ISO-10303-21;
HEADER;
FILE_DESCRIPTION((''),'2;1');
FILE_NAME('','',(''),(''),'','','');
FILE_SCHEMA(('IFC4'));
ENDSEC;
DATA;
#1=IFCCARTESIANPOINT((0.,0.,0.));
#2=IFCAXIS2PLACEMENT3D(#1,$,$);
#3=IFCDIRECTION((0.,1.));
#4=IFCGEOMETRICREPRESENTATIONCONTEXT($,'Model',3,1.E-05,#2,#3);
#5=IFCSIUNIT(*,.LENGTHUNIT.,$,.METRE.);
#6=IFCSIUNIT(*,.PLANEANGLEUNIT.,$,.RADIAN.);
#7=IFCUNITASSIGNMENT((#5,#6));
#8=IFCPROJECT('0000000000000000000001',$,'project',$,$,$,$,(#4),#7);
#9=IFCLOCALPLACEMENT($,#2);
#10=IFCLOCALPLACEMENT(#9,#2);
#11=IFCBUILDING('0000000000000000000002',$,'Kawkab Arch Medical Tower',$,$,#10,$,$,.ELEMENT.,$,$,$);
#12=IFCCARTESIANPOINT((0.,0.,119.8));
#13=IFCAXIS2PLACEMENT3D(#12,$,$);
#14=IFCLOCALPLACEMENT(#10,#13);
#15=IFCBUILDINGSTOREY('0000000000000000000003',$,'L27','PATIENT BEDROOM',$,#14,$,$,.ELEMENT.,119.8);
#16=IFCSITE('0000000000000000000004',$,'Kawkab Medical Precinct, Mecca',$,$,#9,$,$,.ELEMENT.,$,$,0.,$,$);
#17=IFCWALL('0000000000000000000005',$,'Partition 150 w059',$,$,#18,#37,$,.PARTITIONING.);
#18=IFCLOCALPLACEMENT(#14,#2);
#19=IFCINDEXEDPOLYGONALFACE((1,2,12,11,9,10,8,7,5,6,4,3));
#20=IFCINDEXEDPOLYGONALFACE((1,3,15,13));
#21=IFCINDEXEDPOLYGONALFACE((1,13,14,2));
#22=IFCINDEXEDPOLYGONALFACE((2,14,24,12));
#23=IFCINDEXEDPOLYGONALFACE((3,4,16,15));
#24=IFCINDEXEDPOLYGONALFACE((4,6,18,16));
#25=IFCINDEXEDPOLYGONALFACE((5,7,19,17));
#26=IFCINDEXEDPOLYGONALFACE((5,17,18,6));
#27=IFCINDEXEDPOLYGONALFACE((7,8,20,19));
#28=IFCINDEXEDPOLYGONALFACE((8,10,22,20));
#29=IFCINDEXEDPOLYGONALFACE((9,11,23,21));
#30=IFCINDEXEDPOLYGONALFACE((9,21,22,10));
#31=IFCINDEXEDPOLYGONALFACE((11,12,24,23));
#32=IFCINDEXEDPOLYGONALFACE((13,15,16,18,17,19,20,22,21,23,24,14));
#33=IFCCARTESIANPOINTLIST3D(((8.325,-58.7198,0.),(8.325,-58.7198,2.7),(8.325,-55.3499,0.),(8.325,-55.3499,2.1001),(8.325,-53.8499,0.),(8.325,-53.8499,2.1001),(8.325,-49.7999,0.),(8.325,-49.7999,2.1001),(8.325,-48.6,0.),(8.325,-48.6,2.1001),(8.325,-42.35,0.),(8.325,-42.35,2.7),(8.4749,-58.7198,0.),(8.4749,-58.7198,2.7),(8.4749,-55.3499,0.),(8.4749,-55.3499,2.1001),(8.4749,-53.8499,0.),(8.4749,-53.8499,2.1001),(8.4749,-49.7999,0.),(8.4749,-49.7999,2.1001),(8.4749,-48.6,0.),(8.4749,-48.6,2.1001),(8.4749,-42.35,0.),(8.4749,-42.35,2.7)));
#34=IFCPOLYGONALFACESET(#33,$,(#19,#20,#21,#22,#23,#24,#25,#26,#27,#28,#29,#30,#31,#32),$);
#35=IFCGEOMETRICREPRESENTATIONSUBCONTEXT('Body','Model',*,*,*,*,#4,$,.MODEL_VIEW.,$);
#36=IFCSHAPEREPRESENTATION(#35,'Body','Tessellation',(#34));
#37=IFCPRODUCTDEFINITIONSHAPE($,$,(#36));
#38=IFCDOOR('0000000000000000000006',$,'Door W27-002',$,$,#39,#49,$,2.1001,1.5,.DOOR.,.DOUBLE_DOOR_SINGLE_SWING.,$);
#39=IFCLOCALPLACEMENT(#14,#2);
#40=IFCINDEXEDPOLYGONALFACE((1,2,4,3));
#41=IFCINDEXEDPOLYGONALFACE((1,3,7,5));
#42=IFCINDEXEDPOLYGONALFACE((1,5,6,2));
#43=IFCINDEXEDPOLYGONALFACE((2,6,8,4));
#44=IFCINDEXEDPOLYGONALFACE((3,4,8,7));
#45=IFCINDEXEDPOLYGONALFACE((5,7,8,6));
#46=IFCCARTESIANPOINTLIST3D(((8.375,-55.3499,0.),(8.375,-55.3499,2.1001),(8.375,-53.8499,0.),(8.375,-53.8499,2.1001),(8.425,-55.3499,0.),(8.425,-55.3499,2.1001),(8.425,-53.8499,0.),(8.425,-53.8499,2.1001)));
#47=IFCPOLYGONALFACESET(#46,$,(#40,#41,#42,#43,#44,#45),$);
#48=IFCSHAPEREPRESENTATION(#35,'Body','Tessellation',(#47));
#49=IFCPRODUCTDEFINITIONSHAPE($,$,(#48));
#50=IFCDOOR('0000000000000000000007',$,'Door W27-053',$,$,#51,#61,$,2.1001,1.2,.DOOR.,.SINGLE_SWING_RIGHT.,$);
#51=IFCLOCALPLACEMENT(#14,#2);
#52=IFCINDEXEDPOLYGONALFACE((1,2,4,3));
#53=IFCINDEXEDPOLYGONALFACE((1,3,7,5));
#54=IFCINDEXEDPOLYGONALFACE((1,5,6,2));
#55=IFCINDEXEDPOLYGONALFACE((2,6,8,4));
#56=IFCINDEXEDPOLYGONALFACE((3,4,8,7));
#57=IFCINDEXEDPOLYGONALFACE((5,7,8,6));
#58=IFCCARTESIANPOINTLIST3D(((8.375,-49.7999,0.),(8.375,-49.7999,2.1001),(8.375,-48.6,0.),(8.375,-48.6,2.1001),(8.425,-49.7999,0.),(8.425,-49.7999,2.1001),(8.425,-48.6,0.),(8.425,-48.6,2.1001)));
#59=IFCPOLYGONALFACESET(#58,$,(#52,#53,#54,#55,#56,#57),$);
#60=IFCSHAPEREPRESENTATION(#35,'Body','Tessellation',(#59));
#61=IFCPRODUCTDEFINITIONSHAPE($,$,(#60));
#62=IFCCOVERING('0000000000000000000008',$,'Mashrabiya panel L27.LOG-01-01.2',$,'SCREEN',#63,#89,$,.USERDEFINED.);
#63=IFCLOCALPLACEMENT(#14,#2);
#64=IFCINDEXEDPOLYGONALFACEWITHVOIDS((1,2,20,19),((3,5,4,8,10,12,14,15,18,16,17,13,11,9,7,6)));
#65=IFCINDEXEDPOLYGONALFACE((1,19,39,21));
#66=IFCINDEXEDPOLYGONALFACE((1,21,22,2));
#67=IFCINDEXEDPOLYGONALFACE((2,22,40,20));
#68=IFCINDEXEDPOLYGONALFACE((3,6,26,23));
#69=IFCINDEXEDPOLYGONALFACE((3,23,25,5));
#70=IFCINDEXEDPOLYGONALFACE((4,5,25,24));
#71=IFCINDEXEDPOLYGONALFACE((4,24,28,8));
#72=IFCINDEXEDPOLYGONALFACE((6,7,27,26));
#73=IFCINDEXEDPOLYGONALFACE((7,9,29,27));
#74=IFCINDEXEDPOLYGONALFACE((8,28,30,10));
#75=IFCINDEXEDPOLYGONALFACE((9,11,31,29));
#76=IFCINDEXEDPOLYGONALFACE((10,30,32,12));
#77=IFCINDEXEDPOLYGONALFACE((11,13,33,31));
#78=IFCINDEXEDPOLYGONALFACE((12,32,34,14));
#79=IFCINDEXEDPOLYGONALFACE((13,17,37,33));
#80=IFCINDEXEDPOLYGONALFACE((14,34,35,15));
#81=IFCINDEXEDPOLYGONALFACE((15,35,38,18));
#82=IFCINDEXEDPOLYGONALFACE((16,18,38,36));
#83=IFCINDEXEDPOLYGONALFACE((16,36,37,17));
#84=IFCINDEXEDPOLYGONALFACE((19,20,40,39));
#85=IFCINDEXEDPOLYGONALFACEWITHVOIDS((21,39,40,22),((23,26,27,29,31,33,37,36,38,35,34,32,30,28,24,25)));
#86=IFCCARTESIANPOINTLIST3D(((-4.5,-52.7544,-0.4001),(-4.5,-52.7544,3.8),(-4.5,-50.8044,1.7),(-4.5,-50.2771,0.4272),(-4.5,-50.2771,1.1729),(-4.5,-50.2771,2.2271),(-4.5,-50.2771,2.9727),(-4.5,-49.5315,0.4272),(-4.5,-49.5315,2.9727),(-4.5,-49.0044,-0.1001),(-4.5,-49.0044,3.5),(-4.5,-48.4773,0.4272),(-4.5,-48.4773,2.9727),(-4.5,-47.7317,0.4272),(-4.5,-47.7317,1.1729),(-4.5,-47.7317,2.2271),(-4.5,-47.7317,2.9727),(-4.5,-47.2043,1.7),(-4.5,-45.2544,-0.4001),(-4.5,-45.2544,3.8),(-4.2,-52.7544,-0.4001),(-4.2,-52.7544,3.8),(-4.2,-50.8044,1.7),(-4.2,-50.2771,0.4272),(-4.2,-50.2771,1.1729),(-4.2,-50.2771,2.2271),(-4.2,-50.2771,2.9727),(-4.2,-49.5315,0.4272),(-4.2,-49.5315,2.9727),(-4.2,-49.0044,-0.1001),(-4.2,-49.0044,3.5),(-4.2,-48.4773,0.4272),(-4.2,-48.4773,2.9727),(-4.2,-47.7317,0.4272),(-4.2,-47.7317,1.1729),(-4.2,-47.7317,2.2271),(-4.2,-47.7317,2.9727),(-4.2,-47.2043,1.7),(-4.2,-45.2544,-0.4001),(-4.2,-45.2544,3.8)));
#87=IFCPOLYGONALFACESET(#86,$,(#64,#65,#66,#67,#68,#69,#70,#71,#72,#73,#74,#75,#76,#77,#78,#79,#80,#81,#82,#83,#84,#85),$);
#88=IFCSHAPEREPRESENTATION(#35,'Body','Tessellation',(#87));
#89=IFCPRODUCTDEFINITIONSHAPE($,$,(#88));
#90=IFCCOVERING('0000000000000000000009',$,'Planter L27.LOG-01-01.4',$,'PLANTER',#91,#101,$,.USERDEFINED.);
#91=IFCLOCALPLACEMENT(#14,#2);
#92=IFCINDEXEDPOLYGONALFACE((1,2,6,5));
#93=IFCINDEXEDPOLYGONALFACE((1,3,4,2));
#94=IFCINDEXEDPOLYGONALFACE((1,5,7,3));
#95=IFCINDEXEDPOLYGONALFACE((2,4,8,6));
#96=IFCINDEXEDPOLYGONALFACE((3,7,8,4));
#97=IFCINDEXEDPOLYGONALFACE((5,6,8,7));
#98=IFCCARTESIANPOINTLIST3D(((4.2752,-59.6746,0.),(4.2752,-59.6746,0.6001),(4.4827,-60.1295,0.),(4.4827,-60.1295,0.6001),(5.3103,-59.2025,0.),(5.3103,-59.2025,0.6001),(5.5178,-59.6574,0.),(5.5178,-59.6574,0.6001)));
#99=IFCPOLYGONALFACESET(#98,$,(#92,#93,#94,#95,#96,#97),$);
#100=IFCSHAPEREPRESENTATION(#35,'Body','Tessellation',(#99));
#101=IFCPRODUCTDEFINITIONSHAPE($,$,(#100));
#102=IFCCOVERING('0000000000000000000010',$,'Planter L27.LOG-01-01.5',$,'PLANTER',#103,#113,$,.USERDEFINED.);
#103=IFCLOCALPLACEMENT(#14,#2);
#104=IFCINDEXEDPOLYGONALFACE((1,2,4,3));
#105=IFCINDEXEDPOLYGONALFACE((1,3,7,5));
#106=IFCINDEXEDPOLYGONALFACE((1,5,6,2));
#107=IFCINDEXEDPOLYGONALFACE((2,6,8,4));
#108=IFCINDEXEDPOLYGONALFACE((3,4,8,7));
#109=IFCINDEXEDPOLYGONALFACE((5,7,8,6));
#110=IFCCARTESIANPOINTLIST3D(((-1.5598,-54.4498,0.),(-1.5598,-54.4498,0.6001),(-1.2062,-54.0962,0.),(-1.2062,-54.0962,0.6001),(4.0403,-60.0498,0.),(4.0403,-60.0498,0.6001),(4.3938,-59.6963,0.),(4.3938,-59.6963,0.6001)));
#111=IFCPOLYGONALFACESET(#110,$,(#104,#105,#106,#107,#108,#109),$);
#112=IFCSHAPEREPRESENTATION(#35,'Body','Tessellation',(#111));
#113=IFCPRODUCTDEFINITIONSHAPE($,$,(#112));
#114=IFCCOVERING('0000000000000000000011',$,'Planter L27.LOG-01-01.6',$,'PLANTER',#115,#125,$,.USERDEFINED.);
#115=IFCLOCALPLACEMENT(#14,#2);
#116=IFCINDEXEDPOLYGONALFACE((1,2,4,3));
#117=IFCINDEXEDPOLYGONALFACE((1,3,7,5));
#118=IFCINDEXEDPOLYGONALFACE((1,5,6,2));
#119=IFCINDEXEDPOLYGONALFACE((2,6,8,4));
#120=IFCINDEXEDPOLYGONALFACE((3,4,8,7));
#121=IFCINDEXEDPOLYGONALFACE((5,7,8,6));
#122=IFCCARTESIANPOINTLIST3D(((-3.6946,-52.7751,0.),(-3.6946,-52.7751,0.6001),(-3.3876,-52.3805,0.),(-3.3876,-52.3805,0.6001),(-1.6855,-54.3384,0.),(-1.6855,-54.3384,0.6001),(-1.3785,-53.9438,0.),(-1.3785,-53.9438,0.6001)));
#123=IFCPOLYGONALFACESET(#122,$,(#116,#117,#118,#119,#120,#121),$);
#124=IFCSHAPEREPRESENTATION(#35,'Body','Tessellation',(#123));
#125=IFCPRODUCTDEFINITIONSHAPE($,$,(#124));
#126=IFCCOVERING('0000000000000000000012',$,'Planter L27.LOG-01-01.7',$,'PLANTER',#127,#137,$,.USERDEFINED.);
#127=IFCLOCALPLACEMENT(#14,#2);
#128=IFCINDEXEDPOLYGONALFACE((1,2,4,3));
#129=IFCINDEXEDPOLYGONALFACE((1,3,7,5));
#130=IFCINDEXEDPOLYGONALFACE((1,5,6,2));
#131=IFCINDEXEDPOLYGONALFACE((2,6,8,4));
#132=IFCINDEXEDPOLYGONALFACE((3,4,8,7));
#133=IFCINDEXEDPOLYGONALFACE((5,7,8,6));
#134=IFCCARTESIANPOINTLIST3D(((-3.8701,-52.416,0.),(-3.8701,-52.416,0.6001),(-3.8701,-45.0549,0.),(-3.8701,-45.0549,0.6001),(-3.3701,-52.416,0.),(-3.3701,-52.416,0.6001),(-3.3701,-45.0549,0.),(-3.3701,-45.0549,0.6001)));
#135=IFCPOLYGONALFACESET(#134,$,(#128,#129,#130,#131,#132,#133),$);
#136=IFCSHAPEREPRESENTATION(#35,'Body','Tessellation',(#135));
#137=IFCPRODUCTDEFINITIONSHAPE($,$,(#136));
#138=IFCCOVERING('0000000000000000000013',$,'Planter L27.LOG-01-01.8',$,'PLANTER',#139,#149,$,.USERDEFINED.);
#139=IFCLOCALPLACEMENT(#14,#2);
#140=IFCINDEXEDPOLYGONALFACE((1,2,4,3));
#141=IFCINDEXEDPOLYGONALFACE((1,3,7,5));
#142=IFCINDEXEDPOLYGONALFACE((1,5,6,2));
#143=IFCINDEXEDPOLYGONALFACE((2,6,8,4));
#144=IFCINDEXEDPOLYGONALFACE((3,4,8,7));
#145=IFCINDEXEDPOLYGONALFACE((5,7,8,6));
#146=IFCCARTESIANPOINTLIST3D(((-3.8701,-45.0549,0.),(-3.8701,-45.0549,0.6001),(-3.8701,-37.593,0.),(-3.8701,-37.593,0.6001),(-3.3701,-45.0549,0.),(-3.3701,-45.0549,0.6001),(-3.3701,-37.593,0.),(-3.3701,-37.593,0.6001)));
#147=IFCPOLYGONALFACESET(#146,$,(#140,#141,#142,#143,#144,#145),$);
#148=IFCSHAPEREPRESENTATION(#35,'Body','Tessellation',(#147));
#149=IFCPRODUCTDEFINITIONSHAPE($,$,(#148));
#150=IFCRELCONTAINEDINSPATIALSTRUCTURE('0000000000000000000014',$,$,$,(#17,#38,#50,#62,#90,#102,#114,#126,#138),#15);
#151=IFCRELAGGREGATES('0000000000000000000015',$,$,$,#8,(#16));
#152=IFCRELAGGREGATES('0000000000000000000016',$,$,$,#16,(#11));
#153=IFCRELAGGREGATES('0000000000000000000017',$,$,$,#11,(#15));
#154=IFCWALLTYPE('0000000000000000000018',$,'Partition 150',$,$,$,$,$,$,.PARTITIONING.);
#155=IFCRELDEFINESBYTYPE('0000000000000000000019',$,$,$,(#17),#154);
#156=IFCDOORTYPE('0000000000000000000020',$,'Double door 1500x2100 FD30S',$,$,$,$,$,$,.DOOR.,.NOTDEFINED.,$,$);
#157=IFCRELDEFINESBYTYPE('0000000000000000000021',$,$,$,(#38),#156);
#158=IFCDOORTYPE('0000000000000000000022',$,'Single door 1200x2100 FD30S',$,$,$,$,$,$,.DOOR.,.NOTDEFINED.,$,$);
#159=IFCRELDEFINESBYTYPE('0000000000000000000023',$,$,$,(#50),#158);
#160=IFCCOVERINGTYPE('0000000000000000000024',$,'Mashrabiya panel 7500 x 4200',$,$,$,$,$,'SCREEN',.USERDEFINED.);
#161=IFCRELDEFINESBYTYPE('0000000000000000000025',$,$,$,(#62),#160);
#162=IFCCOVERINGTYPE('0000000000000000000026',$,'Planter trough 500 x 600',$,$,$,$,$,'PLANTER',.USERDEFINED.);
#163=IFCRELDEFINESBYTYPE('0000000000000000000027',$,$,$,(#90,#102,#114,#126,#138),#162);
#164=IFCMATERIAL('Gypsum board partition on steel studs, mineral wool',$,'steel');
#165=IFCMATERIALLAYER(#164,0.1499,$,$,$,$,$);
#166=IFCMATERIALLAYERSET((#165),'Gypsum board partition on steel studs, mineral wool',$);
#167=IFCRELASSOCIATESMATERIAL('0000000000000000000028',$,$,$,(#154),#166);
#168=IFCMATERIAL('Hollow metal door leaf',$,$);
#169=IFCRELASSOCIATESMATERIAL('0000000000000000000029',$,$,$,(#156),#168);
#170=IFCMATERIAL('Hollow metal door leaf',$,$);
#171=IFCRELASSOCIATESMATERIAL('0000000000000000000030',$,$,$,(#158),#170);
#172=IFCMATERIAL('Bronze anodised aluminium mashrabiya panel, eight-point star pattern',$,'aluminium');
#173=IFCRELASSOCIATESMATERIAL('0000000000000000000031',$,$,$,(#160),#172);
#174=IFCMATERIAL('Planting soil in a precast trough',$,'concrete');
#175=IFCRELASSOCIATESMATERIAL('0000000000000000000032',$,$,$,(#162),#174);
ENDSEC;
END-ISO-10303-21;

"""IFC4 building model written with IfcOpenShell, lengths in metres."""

from ifc_helpers import new_model, si_unit, direction, frame, frame_2d, origin, origin_2d, place, context, subcontext, project, spatial, polyline, rectangle, outline, extrude, material, layer, layer_set, material_profile, profile_set, type_object, element, fill, save


model = new_model("IFC4")

# Units and contexts
model_context = context("Model", 3, precision=1e-05, world=origin(), true_north=direction((0.0, 1.0)))
body_context = subcontext(model_context, "Body", "Model", "MODEL_VIEW")
ifc_project = project(units=[si_unit("LENGTHUNIT", "METRE"), si_unit("PLANEANGLEUNIT", "RADIAN")], contexts=[model_context])

# Site, building, storey
site_placement = place(None, origin())
site = spatial("IfcSite", under=ifc_project, at=site_placement, Name="Kawkab Medical Precinct, Mecca", CompositionType="ELEMENT", RefElevation=0.0)
building_placement = place(site_placement, origin())
building = spatial("IfcBuilding", under=site, at=building_placement, Name="Kawkab Arch Medical Tower", CompositionType="ELEMENT")
storey_placement = place(building_placement, frame((0.0, 0.0, 119.8)))
storey = spatial("IfcBuildingStorey", under=building, at=storey_placement, Name="L27", Description="PATIENT BEDROOM", CompositionType="ELEMENT", Elevation=119.8)

# Shared definitions
ifc_material_1 = material(Name="Gypsum board partition on steel studs, mineral wool", Category="steel")
ifc_layer_1 = layer(ifc_material_1, 0.1499)
ifc_layer_set_1 = layer_set([ifc_layer_1], Name="Gypsum board partition on steel studs, mineral wool")
wall_type_1 = type_object("IfcWallType", Name="Partition 150", PredefinedType="PARTITIONING", material=ifc_layer_set_1)

# Wall, openings, doors
wall_1_placement = place(storey_placement, frame((8.3999, -58.72, 0.0), z_axis=(0.0, 0.0, 1.0), x_axis=(0.0, 1.0, 0.0)))
wall_1 = element("IfcWall", 1, at=wall_1_placement, inside=storey, type_object=wall_type_1, Name="Partition 150 w059", PredefinedType="PARTITIONING", context=body_context, shape_type="SweptSolid", body=[
    extrude(rectangle(XDim=16.3699, YDim=0.1499, at=frame_2d((8.1851, 0.0))), origin(), (0.0, 0.0, 1.0), 2.7),
])
opening_1_placement = place(wall_1_placement, frame((8.9199, 0.0, 0.0)))
opening_1 = element("IfcOpeningElement", 2, at=opening_1_placement, cuts=wall_1, PredefinedType="OPENING", context=body_context, shape_type="SweptSolid", body=[
    extrude(rectangle(XDim=1.2, YDim=2.1001, at=frame_2d((0.6001, 1.05))), frame((0.0, 0.085, 0.0), z_axis=(0.0, -1.0, 0.0), x_axis=(1.0, 0.0, 0.0)), (0.0, 0.0, 1.0), 0.1699),
])
opening_2_placement = place(wall_1_placement, frame((3.3701, 0.0, 0.0)))
opening_2 = element("IfcOpeningElement", 3, at=opening_2_placement, cuts=wall_1, PredefinedType="OPENING", context=body_context, shape_type="SweptSolid", body=[
    extrude(rectangle(XDim=1.5, YDim=2.1001, at=frame_2d((0.75, 1.05))), frame((0.0, 0.085, 0.0), z_axis=(0.0, -1.0, 0.0), x_axis=(1.0, 0.0, 0.0)), (0.0, 0.0, 1.0), 0.1699),
])
ifc_material_2 = material(Name="Hollow metal door leaf")
door_type_1 = type_object("IfcDoorType", Name="Double door 1500x2100 FD30S", OperationType="NOTDEFINED", PredefinedType="DOOR", material=ifc_material_2)
door_1_placement = place(opening_2_placement, origin())
door_1 = element("IfcDoor", 4, at=door_1_placement, inside=storey, type_object=door_type_1, Name="Door W27-002", OperationType="DOUBLE_DOOR_SINGLE_SWING", OverallHeight=2.1001, OverallWidth=1.5, PredefinedType="DOOR", context=body_context, shape_type="SweptSolid", body=[
    extrude(rectangle(XDim=1.5, YDim=2.1001, at=frame_2d((0.75, 1.05))), frame((0.0, 0.0249, 0.0), z_axis=(0.0, -1.0, 0.0), x_axis=(1.0, 0.0, 0.0)), (0.0, 0.0, 1.0), 0.05),
])
fill(opening_2, door_1)
ifc_material_3 = material(Name="Hollow metal door leaf")
door_type_2 = type_object("IfcDoorType", Name="Single door 1200x2100 FD30S", OperationType="NOTDEFINED", PredefinedType="DOOR", material=ifc_material_3)
door_2_placement = place(opening_1_placement, origin())
door_2 = element("IfcDoor", 5, at=door_2_placement, inside=storey, type_object=door_type_2, Name="Door W27-053", OperationType="SINGLE_SWING_RIGHT", OverallHeight=2.1001, OverallWidth=1.2, PredefinedType="DOOR", context=body_context, shape_type="SweptSolid", body=[
    extrude(rectangle(XDim=1.2, YDim=2.1001, at=frame_2d((0.6001, 1.05))), frame((0.0, 0.0249, 0.0), z_axis=(0.0, -1.0, 0.0), x_axis=(1.0, 0.0, 0.0)), (0.0, 0.0, 1.0), 0.05),
])
fill(opening_1, door_2)

# Coverings
ifc_material_4 = material(Name="Bronze anodised aluminium mashrabiya panel, eight-point star pattern", Category="aluminium")
ifc_material_profile_1 = material_profile(ifc_material_4, outline(polyline([(-3.75, -2.1001), (3.75, -2.1001), (3.75, 2.1001), (-3.75, 2.1001), (-3.75, -2.1001)]), holes=[polyline([(1.8, 0.0), (1.2727, 0.5271), (1.2727, 1.2727), (0.5271, 1.2727), (0.0, 1.8), (-0.5271, 1.2727), (-1.2727, 1.2727), (-1.2727, 0.5271), (-1.8, 0.0), (-1.2727, -0.5271), (-1.2727, -1.2727), (-0.5271, -1.2727), (0.0, -1.8), (0.5271, -1.2727), (1.2727, -1.2727), (1.2727, -0.5271), (1.8, 0.0)])]), Name="Mashrabiya panel 7500x4200")
ifc_profile_set_1 = profile_set([ifc_material_profile_1], Name="Bronze anodised aluminium mashrabiya panel, eight-point star pattern")
covering_type_1 = type_object("IfcCoveringType", Name="Mashrabiya panel 7500 x 4200", ElementType="SCREEN", PredefinedType="USERDEFINED", material=ifc_profile_set_1)
covering_1_placement = place(storey_placement, frame((-4.2, -49.0044, 1.7), z_axis=(-1.0, 0.0, 0.0), x_axis=(0.0, -1.0, 0.0)))
element("IfcCovering", 6, at=covering_1_placement, inside=storey, type_object=covering_type_1, Name="Mashrabiya panel L27.LOG-01-01.2", ObjectType="SCREEN", PredefinedType="USERDEFINED", context=body_context, shape_type="SweptSolid", body=[
    extrude(outline(polyline([(-3.75, -2.1001), (3.75, -2.1001), (3.75, 2.1001), (-3.75, 2.1001), (-3.75, -2.1001)]), holes=[polyline([(1.8, 0.0), (1.2727, 0.5271), (1.2727, 1.2727), (0.5271, 1.2727), (0.0, 1.8), (-0.5271, 1.2727), (-1.2727, 1.2727), (-1.2727, 0.5271), (-1.8, 0.0), (-1.2727, -0.5271), (-1.2727, -1.2727), (-0.5271, -1.2727), (0.0, -1.8), (0.5271, -1.2727), (1.2727, -1.2727), (1.2727, -0.5271), (1.8, 0.0)])]), origin(), (0.0, 0.0, 1.0), 0.3),
])
ifc_material_5 = material(Name="Planting soil in a precast trough", Category="concrete")
ifc_material_profile_2 = material_profile(ifc_material_5, rectangle(XDim=0.5, YDim=0.6001, at=origin_2d()), Name="Trough 500x600")
ifc_profile_set_2 = profile_set([ifc_material_profile_2], Name="Planting soil in a precast trough")
covering_type_2 = type_object("IfcCoveringType", Name="Planter trough 500 x 600", ElementType="PLANTER", PredefinedType="USERDEFINED", material=ifc_profile_set_2)
covering_2_placement = place(storey_placement, frame((5.4141, -59.4299, 0.3), z_axis=(-0.909822, -0.414999, 0.0), x_axis=(0.414999, -0.909822, 0.0)))
element("IfcCovering", 7, at=covering_2_placement, inside=storey, type_object=covering_type_2, Name="Planter L27.LOG-01-01.4", ObjectType="PLANTER", PredefinedType="USERDEFINED", context=body_context, shape_type="SweptSolid", body=[
    extrude(rectangle(XDim=0.5, YDim=0.6001, at=origin_2d()), origin(), (0.0, 0.0, 1.0), 1.1377),
])
covering_3_placement = place(storey_placement, frame((4.217, -59.873, 0.3), z_axis=(-0.707107, 0.707107, 0.0), x_axis=(-0.707107, -0.707107, 0.0)))
element("IfcCovering", 8, at=covering_3_placement, inside=storey, type_object=covering_type_2, Name="Planter L27.LOG-01-01.5", ObjectType="PLANTER", PredefinedType="USERDEFINED", context=body_context, shape_type="SweptSolid", body=[
    extrude(rectangle(XDim=0.5, YDim=0.6001, at=origin_2d()), origin(), (0.0, 0.0, 1.0), 7.9197),
])
covering_4_placement = place(storey_placement, frame((-1.532, -54.1411, 0.3), z_axis=(-0.789228, 0.6141, 0.0), x_axis=(-0.6141, -0.789228, 0.0)))
element("IfcCovering", 9, at=covering_4_placement, inside=storey, type_object=covering_type_2, Name="Planter L27.LOG-01-01.6", ObjectType="PLANTER", PredefinedType="USERDEFINED", context=body_context, shape_type="SweptSolid", body=[
    extrude(rectangle(XDim=0.5, YDim=0.6001, at=origin_2d()), origin(), (0.0, 0.0, 1.0), 2.5457),
])
covering_5_placement = place(storey_placement, frame((-3.6201, -52.416, 0.3), z_axis=(0.0, 1.0, 0.0), x_axis=(-1.0, 0.0, 0.0)))
element("IfcCovering", 10, at=covering_5_placement, inside=storey, type_object=covering_type_2, Name="Planter L27.LOG-01-01.7", ObjectType="PLANTER", PredefinedType="USERDEFINED", context=body_context, shape_type="SweptSolid", body=[
    extrude(rectangle(XDim=0.5, YDim=0.6001, at=origin_2d()), origin(), (0.0, 0.0, 1.0), 7.3611),
])
covering_6_placement = place(storey_placement, frame((-3.6201, -45.0549, 0.3), z_axis=(0.0, 1.0, 0.0), x_axis=(-1.0, 0.0, 0.0)))
element("IfcCovering", 11, at=covering_6_placement, inside=storey, type_object=covering_type_2, Name="Planter L27.LOG-01-01.8", ObjectType="PLANTER", PredefinedType="USERDEFINED", context=body_context, shape_type="SweptSolid", body=[
    extrude(rectangle(XDim=0.5, YDim=0.6001, at=origin_2d()), origin(), (0.0, 0.0, 1.0), 7.4619),
])

save(model, "model.ifc")
